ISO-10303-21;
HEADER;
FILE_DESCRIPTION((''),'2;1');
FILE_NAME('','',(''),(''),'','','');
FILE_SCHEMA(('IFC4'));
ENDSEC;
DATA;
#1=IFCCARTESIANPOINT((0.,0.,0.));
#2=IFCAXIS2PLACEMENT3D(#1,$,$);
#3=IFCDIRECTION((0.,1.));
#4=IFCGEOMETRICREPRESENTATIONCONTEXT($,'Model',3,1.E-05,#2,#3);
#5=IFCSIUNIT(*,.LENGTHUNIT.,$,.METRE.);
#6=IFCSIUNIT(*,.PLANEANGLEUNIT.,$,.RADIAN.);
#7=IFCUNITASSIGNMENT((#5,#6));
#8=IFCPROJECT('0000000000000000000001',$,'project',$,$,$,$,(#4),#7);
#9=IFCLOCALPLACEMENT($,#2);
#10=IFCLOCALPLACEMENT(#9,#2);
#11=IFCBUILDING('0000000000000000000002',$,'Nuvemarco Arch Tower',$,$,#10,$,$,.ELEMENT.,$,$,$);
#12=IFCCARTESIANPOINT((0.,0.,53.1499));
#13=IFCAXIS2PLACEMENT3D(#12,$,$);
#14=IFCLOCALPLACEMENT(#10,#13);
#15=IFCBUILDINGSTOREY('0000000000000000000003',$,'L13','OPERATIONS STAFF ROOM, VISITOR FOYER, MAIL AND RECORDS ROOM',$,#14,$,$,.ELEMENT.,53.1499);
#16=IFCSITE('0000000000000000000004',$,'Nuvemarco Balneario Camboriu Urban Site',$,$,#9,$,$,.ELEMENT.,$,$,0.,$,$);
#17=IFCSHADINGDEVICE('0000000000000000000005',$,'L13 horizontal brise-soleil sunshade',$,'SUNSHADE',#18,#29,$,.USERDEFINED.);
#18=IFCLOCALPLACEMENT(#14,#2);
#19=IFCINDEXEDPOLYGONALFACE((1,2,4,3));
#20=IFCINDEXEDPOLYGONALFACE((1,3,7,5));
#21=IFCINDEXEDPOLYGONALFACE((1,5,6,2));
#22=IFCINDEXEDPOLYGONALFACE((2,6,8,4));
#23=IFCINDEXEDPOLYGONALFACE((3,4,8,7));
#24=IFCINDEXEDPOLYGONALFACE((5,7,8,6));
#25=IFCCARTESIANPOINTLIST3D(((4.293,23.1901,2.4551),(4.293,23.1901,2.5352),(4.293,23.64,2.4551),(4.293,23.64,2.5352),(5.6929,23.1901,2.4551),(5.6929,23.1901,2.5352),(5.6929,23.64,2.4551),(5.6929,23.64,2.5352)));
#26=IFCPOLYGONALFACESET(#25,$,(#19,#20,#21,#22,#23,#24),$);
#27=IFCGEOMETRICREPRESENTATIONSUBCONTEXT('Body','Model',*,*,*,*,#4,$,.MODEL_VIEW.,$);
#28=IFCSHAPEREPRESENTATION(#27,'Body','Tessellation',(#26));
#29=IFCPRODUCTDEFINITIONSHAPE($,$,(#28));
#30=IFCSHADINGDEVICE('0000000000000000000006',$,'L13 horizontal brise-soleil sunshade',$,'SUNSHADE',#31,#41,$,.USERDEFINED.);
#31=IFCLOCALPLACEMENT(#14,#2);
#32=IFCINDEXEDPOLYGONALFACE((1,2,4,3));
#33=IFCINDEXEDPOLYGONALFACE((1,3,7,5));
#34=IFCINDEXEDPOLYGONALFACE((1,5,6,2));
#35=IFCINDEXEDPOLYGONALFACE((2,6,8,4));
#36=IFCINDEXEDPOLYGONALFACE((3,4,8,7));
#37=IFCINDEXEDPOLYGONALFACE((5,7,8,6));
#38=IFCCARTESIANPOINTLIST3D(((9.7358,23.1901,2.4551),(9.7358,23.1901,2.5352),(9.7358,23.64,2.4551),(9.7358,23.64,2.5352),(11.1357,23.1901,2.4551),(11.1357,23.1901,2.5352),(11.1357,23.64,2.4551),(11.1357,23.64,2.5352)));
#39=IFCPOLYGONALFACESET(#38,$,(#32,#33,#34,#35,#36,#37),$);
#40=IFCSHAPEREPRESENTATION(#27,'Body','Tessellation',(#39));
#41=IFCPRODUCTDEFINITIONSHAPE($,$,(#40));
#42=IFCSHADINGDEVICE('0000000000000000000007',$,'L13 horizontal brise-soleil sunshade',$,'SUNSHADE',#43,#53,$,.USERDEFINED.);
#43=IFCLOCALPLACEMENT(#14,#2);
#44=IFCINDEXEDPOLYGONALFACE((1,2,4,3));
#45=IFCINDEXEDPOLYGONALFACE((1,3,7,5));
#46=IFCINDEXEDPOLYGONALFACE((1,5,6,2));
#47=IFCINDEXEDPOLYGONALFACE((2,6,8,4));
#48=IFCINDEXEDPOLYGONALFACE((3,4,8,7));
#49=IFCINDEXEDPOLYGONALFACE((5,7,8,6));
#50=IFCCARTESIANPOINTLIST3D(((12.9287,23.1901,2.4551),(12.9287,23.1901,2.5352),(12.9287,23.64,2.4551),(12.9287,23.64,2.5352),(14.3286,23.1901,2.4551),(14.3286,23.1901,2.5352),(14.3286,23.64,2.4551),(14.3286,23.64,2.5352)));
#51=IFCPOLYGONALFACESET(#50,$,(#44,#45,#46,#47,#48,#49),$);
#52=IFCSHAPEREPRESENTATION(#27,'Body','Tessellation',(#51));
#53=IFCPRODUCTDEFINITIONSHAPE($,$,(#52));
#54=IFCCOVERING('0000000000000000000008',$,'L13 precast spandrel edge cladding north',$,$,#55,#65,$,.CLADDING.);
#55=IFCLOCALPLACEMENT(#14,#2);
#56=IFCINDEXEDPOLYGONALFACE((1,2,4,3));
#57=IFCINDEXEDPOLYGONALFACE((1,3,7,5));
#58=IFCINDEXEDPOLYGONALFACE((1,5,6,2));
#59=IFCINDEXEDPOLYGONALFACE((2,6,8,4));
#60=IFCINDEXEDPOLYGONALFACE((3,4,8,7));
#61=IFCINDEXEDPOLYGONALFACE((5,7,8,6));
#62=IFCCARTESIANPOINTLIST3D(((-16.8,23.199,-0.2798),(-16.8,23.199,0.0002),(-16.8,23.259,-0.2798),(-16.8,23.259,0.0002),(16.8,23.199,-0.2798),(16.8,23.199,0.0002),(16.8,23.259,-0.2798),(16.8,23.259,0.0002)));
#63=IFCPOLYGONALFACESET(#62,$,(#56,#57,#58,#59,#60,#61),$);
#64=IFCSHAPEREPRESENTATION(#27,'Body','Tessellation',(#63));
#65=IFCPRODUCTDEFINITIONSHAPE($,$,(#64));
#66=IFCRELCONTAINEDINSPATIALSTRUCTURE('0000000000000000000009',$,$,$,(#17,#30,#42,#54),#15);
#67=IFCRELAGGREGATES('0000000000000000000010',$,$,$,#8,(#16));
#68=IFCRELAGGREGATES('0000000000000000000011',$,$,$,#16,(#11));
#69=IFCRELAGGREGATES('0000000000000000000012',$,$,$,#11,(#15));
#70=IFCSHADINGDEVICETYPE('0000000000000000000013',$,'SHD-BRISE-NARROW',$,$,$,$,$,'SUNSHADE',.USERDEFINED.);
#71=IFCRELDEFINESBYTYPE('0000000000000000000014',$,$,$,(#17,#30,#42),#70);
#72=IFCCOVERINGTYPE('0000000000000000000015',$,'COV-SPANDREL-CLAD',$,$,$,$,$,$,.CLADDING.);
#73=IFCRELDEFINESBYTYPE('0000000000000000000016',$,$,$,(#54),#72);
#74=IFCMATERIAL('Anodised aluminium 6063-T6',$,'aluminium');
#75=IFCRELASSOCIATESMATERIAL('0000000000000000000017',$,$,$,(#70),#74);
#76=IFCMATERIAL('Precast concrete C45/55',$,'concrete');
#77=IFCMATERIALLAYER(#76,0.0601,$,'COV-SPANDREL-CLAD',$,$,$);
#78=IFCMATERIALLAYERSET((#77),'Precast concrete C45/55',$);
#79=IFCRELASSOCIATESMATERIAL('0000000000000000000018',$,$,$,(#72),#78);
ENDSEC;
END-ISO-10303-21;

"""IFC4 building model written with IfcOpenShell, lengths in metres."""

from ifc_helpers import new_model, si_unit, direction, frame, origin, origin_2d, place, context, subcontext, project, spatial, rectangle, extrude, source, transform, mapped, material, layer, layer_set, type_object, type_shapes, element, save


model = new_model("IFC4")

# Units and contexts
model_context = context("Model", 3, precision=1e-05, world=origin(), true_north=direction((0.0, 1.0)))
body_context = subcontext(model_context, "Body", "Model", "MODEL_VIEW")
ifc_project = project(units=[si_unit("LENGTHUNIT", "METRE"), si_unit("PLANEANGLEUNIT", "RADIAN")], contexts=[model_context])

# Site, building, storey
site_placement = place(None, origin())
site = spatial("IfcSite", under=ifc_project, at=site_placement, Name="Nuvemarco Balneario Camboriu Urban Site", CompositionType="ELEMENT", RefElevation=0.0)
building_placement = place(site_placement, origin())
building = spatial("IfcBuilding", under=site, at=building_placement, Name="Nuvemarco Arch Tower", CompositionType="ELEMENT")
storey_placement = place(building_placement, frame((0.0, 0.0, 53.1499)))
storey = spatial("IfcBuildingStorey", under=building, at=storey_placement, Name="L13", Description="OPERATIONS STAFF ROOM, VISITOR FOYER, MAIL AND RECORDS ROOM", CompositionType="ELEMENT", Elevation=53.1499)

# Shared definitions
ifc_material_1 = material(Name="Precast concrete C45/55", Category="concrete")

# Shading devices
ifc_material_2 = material(Name="Anodised aluminium 6063-T6", Category="aluminium")
shading_device_type_1 = type_object("IfcShadingDeviceType", Name="SHD-BRISE-NARROW", ElementType="SUNSHADE", PredefinedType="USERDEFINED", material=ifc_material_2)
shared_shape_1 = source(origin(), body_context, "Body", "SweptSolid", [
    extrude(rectangle(XDim=1.3999, YDim=0.45, at=origin_2d()), origin(), (0.0, 0.0, 1.0), 0.0801),
])
type_shapes(shading_device_type_1, [shared_shape_1])
for number, where, z_axis, x_axis, name in (
    (1, (4.9929, 23.415, 2.4551), (0.0, 0.0, 1.0), (1.0, 0.0, 0.0), "L13 horizontal brise-soleil sunshade"),
    (2, (10.4358, 23.415, 2.4551), (0.0, 0.0, 1.0), (1.0, 0.0, 0.0), "L13 horizontal brise-soleil sunshade"),
    (3, (13.6287, 23.415, 2.4551), (0.0, 0.0, 1.0), (1.0, 0.0, 0.0), "L13 horizontal brise-soleil sunshade"),
):
    element("IfcShadingDevice", number, at=place(storey_placement, frame(where, z_axis=z_axis, x_axis=x_axis)), inside=storey, type_object=shading_device_type_1, Name=name, ObjectType="SUNSHADE", PredefinedType="USERDEFINED", context=body_context, shape_type="MappedRepresentation", body=[
        mapped(shared_shape_1, transform((0.0, 0.0, 0.0), scale=1.0)),
    ])

# Covering
ifc_layer_1 = layer(ifc_material_1, 0.0601, Name="COV-SPANDREL-CLAD")
ifc_layer_set_1 = layer_set([ifc_layer_1], Name="Precast concrete C45/55")
covering_type = type_object("IfcCoveringType", Name="COV-SPANDREL-CLAD", PredefinedType="CLADDING", material=ifc_layer_set_1)
shared_shape_2 = source(origin(), body_context, "Body", "SweptSolid", [
    extrude(rectangle(XDim=33.6001, YDim=0.0601, at=origin_2d()), origin(), (0.0, 0.0, 1.0), 0.28),
])
type_shapes(covering_type, [shared_shape_2])
covering_placement = place(storey_placement, frame((0.0, 23.229, -0.2798), z_axis=(0.0, 0.0, 1.0), x_axis=(1.0, 0.0, 0.0)))
element("IfcCovering", 4, at=covering_placement, inside=storey, type_object=covering_type, Name="L13 precast spandrel edge cladding north", PredefinedType="CLADDING", context=body_context, shape_type="MappedRepresentation", body=[
    mapped(shared_shape_2, transform((0.0, 0.0, 0.0), scale=1.0)),
])

save(model, "model.ifc")
